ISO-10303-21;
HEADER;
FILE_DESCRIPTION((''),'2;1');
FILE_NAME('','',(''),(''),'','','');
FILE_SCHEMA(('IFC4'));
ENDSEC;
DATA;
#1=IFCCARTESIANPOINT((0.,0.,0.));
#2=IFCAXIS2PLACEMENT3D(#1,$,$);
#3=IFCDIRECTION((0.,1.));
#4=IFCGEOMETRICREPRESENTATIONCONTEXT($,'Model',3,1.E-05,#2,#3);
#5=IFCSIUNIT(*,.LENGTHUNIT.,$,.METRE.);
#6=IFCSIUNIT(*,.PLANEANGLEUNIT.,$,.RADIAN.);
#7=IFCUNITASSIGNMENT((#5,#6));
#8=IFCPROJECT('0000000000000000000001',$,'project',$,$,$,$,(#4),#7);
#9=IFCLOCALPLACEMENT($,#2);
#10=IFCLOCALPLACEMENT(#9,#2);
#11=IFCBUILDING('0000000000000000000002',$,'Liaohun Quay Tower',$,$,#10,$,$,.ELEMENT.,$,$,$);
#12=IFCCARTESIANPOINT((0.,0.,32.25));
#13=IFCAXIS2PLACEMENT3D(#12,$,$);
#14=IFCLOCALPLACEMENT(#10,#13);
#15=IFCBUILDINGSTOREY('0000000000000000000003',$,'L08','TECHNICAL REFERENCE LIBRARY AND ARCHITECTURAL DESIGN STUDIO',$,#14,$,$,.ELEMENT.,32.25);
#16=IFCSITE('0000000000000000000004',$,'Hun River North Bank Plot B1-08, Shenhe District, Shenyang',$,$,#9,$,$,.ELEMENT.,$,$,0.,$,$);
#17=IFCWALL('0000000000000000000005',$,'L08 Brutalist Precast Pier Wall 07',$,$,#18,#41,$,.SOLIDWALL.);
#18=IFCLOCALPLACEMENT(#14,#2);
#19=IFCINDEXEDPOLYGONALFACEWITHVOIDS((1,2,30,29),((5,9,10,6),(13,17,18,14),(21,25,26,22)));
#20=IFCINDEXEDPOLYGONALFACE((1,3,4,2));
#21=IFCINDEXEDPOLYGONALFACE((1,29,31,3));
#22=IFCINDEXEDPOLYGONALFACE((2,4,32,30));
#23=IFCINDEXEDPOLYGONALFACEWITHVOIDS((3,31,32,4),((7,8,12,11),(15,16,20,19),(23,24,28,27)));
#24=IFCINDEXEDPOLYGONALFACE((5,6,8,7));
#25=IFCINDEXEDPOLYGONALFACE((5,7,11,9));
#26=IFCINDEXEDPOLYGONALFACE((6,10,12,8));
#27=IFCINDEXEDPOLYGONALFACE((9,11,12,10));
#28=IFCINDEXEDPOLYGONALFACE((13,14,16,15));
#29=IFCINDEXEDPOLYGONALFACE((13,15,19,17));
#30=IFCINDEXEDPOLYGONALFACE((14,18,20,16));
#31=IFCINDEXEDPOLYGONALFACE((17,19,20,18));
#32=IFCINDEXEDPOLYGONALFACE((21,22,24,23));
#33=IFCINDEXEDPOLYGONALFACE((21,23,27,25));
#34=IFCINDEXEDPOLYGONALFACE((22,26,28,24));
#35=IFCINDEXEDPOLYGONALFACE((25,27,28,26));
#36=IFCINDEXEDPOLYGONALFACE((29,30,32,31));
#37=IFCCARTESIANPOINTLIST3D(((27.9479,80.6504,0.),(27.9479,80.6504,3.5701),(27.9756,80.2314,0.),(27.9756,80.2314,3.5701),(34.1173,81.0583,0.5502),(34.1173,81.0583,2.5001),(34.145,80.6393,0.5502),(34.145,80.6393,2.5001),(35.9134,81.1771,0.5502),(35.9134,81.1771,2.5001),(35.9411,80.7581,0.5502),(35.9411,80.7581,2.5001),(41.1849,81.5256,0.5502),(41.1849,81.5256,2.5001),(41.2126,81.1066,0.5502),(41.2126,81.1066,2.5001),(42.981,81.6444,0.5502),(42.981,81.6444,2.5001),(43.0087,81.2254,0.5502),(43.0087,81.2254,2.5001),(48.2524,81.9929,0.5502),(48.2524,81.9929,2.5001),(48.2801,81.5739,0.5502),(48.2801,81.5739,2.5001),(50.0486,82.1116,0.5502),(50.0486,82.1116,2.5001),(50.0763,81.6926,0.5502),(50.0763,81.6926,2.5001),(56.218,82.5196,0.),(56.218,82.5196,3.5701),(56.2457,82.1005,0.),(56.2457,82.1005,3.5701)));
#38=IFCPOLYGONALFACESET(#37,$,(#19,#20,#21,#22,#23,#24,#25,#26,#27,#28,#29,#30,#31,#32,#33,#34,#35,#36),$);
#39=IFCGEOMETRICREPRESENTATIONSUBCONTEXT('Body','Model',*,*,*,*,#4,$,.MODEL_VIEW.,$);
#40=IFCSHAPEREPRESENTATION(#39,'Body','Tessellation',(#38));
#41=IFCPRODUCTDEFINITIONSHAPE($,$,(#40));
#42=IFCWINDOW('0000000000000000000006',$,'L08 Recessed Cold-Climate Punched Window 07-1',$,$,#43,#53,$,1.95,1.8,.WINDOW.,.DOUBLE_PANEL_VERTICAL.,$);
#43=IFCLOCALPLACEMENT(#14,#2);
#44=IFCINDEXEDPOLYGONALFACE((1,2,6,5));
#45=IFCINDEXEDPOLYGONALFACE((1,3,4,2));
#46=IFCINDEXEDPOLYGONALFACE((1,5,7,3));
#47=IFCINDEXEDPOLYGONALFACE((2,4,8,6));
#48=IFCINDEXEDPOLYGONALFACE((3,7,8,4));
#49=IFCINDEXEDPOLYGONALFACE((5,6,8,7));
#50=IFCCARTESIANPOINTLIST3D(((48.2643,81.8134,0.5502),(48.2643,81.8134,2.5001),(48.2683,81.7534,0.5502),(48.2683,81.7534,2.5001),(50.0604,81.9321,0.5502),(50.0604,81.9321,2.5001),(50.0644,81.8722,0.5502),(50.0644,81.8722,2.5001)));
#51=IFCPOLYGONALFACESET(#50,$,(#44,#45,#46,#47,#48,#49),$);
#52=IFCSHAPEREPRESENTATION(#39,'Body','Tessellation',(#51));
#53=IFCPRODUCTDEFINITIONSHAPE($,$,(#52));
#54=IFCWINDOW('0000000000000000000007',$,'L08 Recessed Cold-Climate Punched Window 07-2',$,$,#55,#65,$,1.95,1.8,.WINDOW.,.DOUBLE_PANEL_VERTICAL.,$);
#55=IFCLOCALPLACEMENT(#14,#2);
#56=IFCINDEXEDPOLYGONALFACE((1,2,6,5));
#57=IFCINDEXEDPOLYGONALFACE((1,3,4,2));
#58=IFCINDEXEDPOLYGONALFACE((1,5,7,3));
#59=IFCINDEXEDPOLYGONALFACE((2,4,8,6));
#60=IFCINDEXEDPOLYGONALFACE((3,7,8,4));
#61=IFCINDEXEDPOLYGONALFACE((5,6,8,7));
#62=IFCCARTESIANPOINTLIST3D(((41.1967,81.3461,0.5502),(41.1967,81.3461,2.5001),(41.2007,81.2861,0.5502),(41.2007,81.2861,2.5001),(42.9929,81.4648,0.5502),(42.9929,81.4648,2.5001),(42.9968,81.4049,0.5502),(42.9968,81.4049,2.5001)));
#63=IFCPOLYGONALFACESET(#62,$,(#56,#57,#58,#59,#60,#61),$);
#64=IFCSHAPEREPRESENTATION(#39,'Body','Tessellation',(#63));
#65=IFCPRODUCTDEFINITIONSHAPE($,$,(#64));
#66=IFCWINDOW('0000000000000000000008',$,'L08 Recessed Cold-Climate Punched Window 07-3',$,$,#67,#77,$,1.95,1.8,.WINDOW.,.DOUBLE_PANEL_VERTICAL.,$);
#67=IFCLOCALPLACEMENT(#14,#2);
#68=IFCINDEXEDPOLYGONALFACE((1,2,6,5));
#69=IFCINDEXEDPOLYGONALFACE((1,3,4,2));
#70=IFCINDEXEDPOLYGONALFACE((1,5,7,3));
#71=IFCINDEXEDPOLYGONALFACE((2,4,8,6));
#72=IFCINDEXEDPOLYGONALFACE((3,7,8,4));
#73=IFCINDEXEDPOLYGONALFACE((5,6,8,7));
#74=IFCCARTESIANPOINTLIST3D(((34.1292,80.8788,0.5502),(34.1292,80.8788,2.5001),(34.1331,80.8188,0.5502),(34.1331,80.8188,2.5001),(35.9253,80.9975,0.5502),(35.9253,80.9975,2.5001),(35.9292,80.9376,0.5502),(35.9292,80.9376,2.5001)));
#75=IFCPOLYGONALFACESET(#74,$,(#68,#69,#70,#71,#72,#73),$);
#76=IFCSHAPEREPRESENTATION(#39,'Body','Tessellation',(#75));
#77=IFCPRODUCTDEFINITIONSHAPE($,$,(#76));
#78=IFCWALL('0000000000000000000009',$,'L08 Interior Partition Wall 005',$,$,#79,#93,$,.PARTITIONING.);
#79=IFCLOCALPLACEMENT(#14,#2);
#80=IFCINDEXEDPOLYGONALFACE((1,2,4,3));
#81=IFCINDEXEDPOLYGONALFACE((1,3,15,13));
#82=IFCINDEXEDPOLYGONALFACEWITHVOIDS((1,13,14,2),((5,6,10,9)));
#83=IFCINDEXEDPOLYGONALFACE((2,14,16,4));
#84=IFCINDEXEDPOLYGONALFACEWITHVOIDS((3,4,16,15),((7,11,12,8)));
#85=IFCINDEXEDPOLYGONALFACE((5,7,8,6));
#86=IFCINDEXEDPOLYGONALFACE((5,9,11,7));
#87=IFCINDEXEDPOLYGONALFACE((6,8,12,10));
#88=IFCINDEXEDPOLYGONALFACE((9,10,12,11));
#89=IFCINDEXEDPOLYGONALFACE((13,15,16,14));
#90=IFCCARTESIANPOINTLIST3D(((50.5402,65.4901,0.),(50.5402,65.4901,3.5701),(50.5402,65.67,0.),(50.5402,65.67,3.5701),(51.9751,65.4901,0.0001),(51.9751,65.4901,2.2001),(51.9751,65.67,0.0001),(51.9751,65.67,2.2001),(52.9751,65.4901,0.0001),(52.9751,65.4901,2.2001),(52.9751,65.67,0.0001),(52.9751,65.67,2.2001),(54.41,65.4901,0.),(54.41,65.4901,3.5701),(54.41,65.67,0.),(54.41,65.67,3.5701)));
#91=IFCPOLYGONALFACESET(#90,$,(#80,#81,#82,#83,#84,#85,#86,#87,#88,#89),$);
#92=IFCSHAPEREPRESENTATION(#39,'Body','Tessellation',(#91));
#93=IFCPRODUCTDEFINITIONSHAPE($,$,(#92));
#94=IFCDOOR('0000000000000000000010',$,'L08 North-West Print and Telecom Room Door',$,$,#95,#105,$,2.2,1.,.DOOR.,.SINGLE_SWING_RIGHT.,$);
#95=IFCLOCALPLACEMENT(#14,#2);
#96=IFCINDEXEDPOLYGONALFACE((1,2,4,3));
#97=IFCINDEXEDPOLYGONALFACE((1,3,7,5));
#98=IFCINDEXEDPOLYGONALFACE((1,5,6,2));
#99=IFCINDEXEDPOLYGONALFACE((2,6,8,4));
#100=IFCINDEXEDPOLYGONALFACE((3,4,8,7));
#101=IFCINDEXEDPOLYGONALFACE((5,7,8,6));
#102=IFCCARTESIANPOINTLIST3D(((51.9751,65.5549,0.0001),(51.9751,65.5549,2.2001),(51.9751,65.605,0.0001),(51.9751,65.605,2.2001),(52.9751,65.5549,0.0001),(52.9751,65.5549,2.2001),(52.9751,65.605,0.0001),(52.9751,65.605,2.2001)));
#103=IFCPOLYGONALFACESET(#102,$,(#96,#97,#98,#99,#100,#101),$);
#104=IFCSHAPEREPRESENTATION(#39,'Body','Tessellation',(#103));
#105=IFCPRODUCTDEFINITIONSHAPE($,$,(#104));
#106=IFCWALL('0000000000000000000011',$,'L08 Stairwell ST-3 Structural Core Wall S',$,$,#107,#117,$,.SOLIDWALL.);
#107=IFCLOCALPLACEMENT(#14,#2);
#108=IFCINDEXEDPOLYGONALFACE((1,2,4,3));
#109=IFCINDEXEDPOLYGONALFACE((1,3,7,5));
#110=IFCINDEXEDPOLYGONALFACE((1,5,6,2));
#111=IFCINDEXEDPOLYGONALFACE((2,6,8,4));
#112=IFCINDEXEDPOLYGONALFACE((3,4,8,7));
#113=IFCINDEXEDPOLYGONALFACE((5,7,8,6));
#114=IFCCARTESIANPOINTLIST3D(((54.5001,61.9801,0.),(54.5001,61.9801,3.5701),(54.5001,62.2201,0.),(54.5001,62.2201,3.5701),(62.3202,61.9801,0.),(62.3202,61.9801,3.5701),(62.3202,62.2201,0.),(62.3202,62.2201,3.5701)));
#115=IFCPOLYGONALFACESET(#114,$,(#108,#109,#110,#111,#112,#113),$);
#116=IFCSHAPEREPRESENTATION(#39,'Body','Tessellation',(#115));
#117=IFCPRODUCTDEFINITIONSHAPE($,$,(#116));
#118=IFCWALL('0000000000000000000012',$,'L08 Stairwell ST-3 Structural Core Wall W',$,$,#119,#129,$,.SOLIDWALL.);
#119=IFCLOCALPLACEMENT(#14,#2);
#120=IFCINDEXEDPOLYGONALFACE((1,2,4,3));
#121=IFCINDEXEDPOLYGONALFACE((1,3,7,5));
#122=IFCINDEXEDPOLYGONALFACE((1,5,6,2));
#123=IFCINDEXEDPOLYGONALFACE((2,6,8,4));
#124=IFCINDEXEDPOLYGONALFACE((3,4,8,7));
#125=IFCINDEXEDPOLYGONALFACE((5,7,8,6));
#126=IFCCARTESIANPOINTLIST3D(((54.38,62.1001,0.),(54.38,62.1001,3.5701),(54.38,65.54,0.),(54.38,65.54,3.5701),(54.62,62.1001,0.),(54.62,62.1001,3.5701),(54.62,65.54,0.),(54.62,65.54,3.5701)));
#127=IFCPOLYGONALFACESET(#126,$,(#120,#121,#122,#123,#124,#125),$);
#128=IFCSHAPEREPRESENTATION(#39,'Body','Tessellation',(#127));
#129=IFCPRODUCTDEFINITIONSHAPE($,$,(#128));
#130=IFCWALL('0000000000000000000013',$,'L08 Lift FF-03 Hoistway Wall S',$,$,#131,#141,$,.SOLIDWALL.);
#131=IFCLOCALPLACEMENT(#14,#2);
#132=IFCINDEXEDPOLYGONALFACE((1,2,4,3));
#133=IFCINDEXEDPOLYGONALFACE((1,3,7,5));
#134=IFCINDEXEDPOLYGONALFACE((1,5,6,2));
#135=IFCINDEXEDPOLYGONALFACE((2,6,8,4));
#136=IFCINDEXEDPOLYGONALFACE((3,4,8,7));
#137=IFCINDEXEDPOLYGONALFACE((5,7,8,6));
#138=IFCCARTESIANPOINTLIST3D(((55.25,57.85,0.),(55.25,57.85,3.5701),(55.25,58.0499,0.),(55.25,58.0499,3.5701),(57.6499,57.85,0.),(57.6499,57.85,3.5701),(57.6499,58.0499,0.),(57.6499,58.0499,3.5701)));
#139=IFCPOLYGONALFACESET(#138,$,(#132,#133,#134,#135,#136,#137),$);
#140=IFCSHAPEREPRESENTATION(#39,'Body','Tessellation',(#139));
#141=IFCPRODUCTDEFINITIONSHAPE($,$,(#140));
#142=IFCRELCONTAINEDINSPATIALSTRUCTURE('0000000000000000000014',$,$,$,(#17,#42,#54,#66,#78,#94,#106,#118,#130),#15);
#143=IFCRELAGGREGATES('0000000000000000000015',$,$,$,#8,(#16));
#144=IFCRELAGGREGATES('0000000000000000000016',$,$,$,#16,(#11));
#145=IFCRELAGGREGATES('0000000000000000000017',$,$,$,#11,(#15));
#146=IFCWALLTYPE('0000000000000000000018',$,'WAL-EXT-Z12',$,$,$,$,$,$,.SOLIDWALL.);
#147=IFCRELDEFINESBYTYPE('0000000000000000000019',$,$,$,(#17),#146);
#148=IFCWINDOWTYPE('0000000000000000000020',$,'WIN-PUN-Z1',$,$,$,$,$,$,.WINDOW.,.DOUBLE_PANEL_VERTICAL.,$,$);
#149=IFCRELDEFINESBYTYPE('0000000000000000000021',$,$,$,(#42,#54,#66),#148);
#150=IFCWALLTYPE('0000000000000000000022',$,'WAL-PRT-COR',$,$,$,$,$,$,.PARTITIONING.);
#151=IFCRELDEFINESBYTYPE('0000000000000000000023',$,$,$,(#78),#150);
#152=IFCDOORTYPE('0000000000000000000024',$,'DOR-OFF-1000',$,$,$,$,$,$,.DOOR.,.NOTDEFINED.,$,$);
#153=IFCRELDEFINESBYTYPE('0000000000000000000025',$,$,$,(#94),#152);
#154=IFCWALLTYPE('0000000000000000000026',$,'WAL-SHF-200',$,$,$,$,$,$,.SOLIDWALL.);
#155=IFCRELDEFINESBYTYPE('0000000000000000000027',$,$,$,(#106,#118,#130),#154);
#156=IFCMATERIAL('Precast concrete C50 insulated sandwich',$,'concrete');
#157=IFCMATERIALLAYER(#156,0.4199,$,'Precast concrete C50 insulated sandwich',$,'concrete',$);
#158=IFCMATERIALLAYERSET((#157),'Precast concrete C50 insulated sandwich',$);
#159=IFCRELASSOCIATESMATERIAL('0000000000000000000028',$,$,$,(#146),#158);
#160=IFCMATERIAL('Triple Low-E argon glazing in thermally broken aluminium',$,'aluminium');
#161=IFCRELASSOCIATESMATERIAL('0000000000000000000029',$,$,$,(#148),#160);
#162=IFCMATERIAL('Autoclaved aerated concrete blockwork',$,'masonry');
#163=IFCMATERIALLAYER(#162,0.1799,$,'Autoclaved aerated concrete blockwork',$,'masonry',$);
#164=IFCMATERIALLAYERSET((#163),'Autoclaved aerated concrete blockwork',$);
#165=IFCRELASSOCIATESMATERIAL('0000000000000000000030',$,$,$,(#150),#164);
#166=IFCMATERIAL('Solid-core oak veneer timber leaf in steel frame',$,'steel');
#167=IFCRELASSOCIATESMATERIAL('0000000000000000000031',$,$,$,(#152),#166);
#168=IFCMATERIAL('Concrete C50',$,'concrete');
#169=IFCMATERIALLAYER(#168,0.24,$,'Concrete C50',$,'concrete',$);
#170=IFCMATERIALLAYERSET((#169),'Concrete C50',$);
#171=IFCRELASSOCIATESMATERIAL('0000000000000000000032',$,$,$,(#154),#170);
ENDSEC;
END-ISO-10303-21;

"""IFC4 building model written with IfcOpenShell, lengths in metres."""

from ifc_helpers import new_model, si_unit, direction, frame, frame_2d, origin, place, context, subcontext, project, spatial, rectangle, extrude, source, transform, mapped, material, layer, layer_set, type_object, element, fill, save


model = new_model("IFC4")

# Units and contexts
model_context = context("Model", 3, precision=1e-05, world=origin(), true_north=direction((0.0, 1.0)))
body_context = subcontext(model_context, "Body", "Model", "MODEL_VIEW")
ifc_project = project(units=[si_unit("LENGTHUNIT", "METRE"), si_unit("PLANEANGLEUNIT", "RADIAN")], contexts=[model_context])

# Site, building, storey
site_placement = place(None, origin())
site = spatial("IfcSite", under=ifc_project, at=site_placement, Name="Hun River North Bank Plot B1-08, Shenhe District, Shenyang", CompositionType="ELEMENT", RefElevation=0.0)
building_placement = place(site_placement, origin())
building = spatial("IfcBuilding", under=site, at=building_placement, Name="Liaohun Quay Tower", CompositionType="ELEMENT")
storey_placement = place(building_placement, frame((0.0, 0.0, 32.25)))
storey = spatial("IfcBuildingStorey", under=building, at=storey_placement, Name="L08", Description="TECHNICAL REFERENCE LIBRARY AND ARCHITECTURAL DESIGN STUDIO", CompositionType="ELEMENT", Elevation=32.25)

# Wall, openings, windows
ifc_material_1 = material(Name="Precast concrete C50 insulated sandwich", Category="concrete")
ifc_layer_1 = layer(ifc_material_1, 0.4199, Name="Precast concrete C50 insulated sandwich", Category="concrete")
ifc_layer_set_1 = layer_set([ifc_layer_1], Name="Precast concrete C50 insulated sandwich")
wall_type_1 = type_object("IfcWallType", Name="WAL-EXT-Z12", PredefinedType="SOLIDWALL", material=ifc_layer_set_1)
wall_1_placement = place(storey_placement, frame((56.2319, 82.3101, 0.0), z_axis=(0.0, 0.0, 1.0), x_axis=(-0.997821, -0.065973, 0.0)))
wall_1 = element("IfcWall", 1, at=wall_1_placement, inside=storey, type_object=wall_type_1, Name="L08 Brutalist Precast Pier Wall 07", PredefinedType="SOLIDWALL", context=body_context, shape_type="SweptSolid", body=[
    extrude(rectangle(XDim=28.3318, YDim=0.4199, at=frame_2d((14.166, 0.0))), origin(), (0.0, 0.0, 1.0), 3.5701),
])
shared_shape_1 = source(origin(), body_context, "Body", "SweptSolid", [
    extrude(rectangle(XDim=1.8, YDim=1.95, at=frame_2d((0.8999, 0.9751))), frame((0.0, 0.22, 0.0), z_axis=(0.0, -1.0, 0.0), x_axis=(1.0, 0.0, 0.0)), (0.0, 0.0, 1.0), 0.4399),
])
opening_1_placement = place(wall_1_placement, frame((6.1831, 0.0, 0.55)))
opening_1 = element("IfcOpeningElement", 2, at=opening_1_placement, cuts=wall_1, PredefinedType="OPENING", context=body_context, shape_type="MappedRepresentation", body=[
    mapped(shared_shape_1, transform((0.0, 0.0, 0.0), x_axis=(1.0, 0.0, 0.0), y_axis=(0.0, 1.0, 0.0), z_axis=(0.0, 0.0, 1.0), scale=1.0)),
])
opening_2_placement = place(wall_1_placement, frame((13.2661, 0.0, 0.55)))
opening_2 = element("IfcOpeningElement", 3, at=opening_2_placement, cuts=wall_1, PredefinedType="OPENING", context=body_context, shape_type="MappedRepresentation", body=[
    mapped(shared_shape_1, transform((0.0, 0.0, 0.0), x_axis=(1.0, 0.0, 0.0), y_axis=(0.0, 1.0, 0.0), z_axis=(0.0, 0.0, 1.0), scale=1.0)),
])
opening_3_placement = place(wall_1_placement, frame((20.3491, 0.0, 0.55)))
opening_3 = element("IfcOpeningElement", 4, at=opening_3_placement, cuts=wall_1, PredefinedType="OPENING", context=body_context, shape_type="MappedRepresentation", body=[
    mapped(shared_shape_1, transform((0.0, 0.0, 0.0), x_axis=(1.0, 0.0, 0.0), y_axis=(0.0, 1.0, 0.0), z_axis=(0.0, 0.0, 1.0), scale=1.0)),
])
ifc_material_2 = material(Name="Triple Low-E argon glazing in thermally broken aluminium", Category="aluminium")
window_type = type_object("IfcWindowType", Name="WIN-PUN-Z1", PartitioningType="DOUBLE_PANEL_VERTICAL", PredefinedType="WINDOW", material=ifc_material_2)
shared_shape_2 = source(origin(), body_context, "Body", "SweptSolid", [
    extrude(rectangle(XDim=1.8, YDim=1.95, at=frame_2d((0.8999, 0.9751))), frame((0.0, 0.03, 0.0), z_axis=(0.0, -1.0, 0.0), x_axis=(1.0, 0.0, 0.0)), (0.0, 0.0, 1.0), 0.0601),
])
window_1_placement = place(opening_1_placement, origin())
window_1 = element("IfcWindow", 5, at=window_1_placement, inside=storey, type_object=window_type, Name="L08 Recessed Cold-Climate Punched Window 07-1", OverallHeight=1.95, OverallWidth=1.8, PartitioningType="DOUBLE_PANEL_VERTICAL", PredefinedType="WINDOW", context=body_context, shape_type="MappedRepresentation", body=[
    mapped(shared_shape_2, transform((0.0, 0.0, 0.0), x_axis=(1.0, 0.0, 0.0), y_axis=(0.0, 1.0, 0.0), z_axis=(0.0, 0.0, 1.0), scale=1.0)),
])
fill(opening_1, window_1)
window_2_placement = place(opening_2_placement, origin())
window_2 = element("IfcWindow", 6, at=window_2_placement, inside=storey, type_object=window_type, Name="L08 Recessed Cold-Climate Punched Window 07-2", OverallHeight=1.95, OverallWidth=1.8, PartitioningType="DOUBLE_PANEL_VERTICAL", PredefinedType="WINDOW", context=body_context, shape_type="MappedRepresentation", body=[
    mapped(shared_shape_2, transform((0.0, 0.0, 0.0), x_axis=(1.0, 0.0, 0.0), y_axis=(0.0, 1.0, 0.0), z_axis=(0.0, 0.0, 1.0), scale=1.0)),
])
fill(opening_2, window_2)
window_3_placement = place(opening_3_placement, origin())
window_3 = element("IfcWindow", 7, at=window_3_placement, inside=storey, type_object=window_type, Name="L08 Recessed Cold-Climate Punched Window 07-3", OverallHeight=1.95, OverallWidth=1.8, PartitioningType="DOUBLE_PANEL_VERTICAL", PredefinedType="WINDOW", context=body_context, shape_type="MappedRepresentation", body=[
    mapped(shared_shape_2, transform((0.0, 0.0, 0.0), x_axis=(1.0, 0.0, 0.0), y_axis=(0.0, 1.0, 0.0), z_axis=(0.0, 0.0, 1.0), scale=1.0)),
])
fill(opening_3, window_3)

# Wall, opening, door
ifc_material_3 = material(Name="Autoclaved aerated concrete blockwork", Category="masonry")
ifc_layer_2 = layer(ifc_material_3, 0.1799, Name="Autoclaved aerated concrete blockwork", Category="masonry")
ifc_layer_set_2 = layer_set([ifc_layer_2], Name="Autoclaved aerated concrete blockwork")
wall_type_2 = type_object("IfcWallType", Name="WAL-PRT-COR", PredefinedType="PARTITIONING", material=ifc_layer_set_2)
wall_2_placement = place(storey_placement, frame((50.54, 65.5801, 0.0), z_axis=(0.0, 0.0, 1.0), x_axis=(1.0, 0.0, 0.0)))
wall_2 = element("IfcWall", 8, at=wall_2_placement, inside=storey, type_object=wall_type_2, Name="L08 Interior Partition Wall 005", PredefinedType="PARTITIONING", context=body_context, shape_type="SweptSolid", body=[
    extrude(rectangle(XDim=3.8699, YDim=0.1799, at=frame_2d((1.9351, 0.0))), origin(), (0.0, 0.0, 1.0), 3.5701),
])
shared_shape_3 = source(origin(), body_context, "Body", "SweptSolid", [
    extrude(rectangle(XDim=1.0, YDim=2.2, at=frame_2d((0.5, 1.1001))), frame((0.0, 0.0999, 0.0), z_axis=(0.0, -1.0, 0.0), x_axis=(1.0, 0.0, 0.0)), (0.0, 0.0, 1.0), 0.2),
])
opening_4_placement = place(wall_2_placement, frame((1.4351, 0.0, 0.0)))
opening_4 = element("IfcOpeningElement", 9, at=opening_4_placement, cuts=wall_2, PredefinedType="OPENING", context=body_context, shape_type="MappedRepresentation", body=[
    mapped(shared_shape_3, transform((0.0, 0.0, 0.0), x_axis=(1.0, 0.0, 0.0), y_axis=(0.0, 1.0, 0.0), z_axis=(0.0, 0.0, 1.0), scale=1.0)),
])
ifc_material_4 = material(Name="Solid-core oak veneer timber leaf in steel frame", Category="steel")
door_type_1 = type_object("IfcDoorType", Name="DOR-OFF-1000", OperationType="NOTDEFINED", PredefinedType="DOOR", material=ifc_material_4)
shared_shape_4 = source(origin(), body_context, "Body", "SweptSolid", [
    extrude(rectangle(XDim=1.0, YDim=2.2, at=frame_2d((0.5, 1.1001))), frame((0.0, 0.0249, 0.0), z_axis=(0.0, -1.0, 0.0), x_axis=(1.0, 0.0, 0.0)), (0.0, 0.0, 1.0), 0.05),
])
door_1_placement = place(opening_4_placement, origin())
door_1 = element("IfcDoor", 10, at=door_1_placement, inside=storey, type_object=door_type_1, Name="L08 North-West Print and Telecom Room Door", OperationType="SINGLE_SWING_RIGHT", OverallHeight=2.2, OverallWidth=1.0, PredefinedType="DOOR", context=body_context, shape_type="MappedRepresentation", body=[
    mapped(shared_shape_4, transform((0.0, 0.0, 0.0), x_axis=(1.0, 0.0, 0.0), y_axis=(0.0, 1.0, 0.0), z_axis=(0.0, 0.0, 1.0), scale=1.0)),
])
fill(opening_4, door_1)

# Walls
ifc_material_5 = material(Name="Concrete C50", Category="concrete")
ifc_layer_3 = layer(ifc_material_5, 0.24, Name="Concrete C50", Category="concrete")
ifc_layer_set_3 = layer_set([ifc_layer_3], Name="Concrete C50")
wall_type_3 = type_object("IfcWallType", Name="WAL-SHF-200", PredefinedType="SOLIDWALL", material=ifc_layer_set_3)
wall_3_placement = place(storey_placement, frame((54.5, 62.1001, 0.0), z_axis=(0.0, 0.0, 1.0), x_axis=(1.0, 0.0, 0.0)))
element("IfcWall", 11, at=wall_3_placement, inside=storey, type_object=wall_type_3, Name="L08 Stairwell ST-3 Structural Core Wall S", PredefinedType="SOLIDWALL", context=body_context, shape_type="SweptSolid", body=[
    extrude(rectangle(XDim=7.8201, YDim=0.24, at=frame_2d((3.9102, 0.0))), origin(), (0.0, 0.0, 1.0), 3.5701),
])
wall_4_placement = place(storey_placement, frame((54.5, 65.54, 0.0), z_axis=(0.0, 0.0, 1.0), x_axis=(0.0, -1.0, 0.0)))
element("IfcWall", 12, at=wall_4_placement, inside=storey, type_object=wall_type_3, Name="L08 Stairwell ST-3 Structural Core Wall W", PredefinedType="SOLIDWALL", context=body_context, shape_type="SweptSolid", body=[
    extrude(rectangle(XDim=3.4399, YDim=0.24, at=frame_2d((1.72, 0.0))), origin(), (0.0, 0.0, 1.0), 3.5701),
])
wall_5_placement = place(storey_placement, frame((55.25, 57.95, 0.0), z_axis=(0.0, 0.0, 1.0), x_axis=(1.0, 0.0, 0.0)))
element("IfcWall", 13, at=wall_5_placement, inside=storey, type_object=wall_type_3, Name="L08 Lift FF-03 Hoistway Wall S", PredefinedType="SOLIDWALL", context=body_context, shape_type="SweptSolid", body=[
    extrude(rectangle(XDim=2.3999, YDim=0.2, at=frame_2d((1.2, 0.0))), origin(), (0.0, 0.0, 1.0), 3.5701),
])

save(model, "model.ifc")
